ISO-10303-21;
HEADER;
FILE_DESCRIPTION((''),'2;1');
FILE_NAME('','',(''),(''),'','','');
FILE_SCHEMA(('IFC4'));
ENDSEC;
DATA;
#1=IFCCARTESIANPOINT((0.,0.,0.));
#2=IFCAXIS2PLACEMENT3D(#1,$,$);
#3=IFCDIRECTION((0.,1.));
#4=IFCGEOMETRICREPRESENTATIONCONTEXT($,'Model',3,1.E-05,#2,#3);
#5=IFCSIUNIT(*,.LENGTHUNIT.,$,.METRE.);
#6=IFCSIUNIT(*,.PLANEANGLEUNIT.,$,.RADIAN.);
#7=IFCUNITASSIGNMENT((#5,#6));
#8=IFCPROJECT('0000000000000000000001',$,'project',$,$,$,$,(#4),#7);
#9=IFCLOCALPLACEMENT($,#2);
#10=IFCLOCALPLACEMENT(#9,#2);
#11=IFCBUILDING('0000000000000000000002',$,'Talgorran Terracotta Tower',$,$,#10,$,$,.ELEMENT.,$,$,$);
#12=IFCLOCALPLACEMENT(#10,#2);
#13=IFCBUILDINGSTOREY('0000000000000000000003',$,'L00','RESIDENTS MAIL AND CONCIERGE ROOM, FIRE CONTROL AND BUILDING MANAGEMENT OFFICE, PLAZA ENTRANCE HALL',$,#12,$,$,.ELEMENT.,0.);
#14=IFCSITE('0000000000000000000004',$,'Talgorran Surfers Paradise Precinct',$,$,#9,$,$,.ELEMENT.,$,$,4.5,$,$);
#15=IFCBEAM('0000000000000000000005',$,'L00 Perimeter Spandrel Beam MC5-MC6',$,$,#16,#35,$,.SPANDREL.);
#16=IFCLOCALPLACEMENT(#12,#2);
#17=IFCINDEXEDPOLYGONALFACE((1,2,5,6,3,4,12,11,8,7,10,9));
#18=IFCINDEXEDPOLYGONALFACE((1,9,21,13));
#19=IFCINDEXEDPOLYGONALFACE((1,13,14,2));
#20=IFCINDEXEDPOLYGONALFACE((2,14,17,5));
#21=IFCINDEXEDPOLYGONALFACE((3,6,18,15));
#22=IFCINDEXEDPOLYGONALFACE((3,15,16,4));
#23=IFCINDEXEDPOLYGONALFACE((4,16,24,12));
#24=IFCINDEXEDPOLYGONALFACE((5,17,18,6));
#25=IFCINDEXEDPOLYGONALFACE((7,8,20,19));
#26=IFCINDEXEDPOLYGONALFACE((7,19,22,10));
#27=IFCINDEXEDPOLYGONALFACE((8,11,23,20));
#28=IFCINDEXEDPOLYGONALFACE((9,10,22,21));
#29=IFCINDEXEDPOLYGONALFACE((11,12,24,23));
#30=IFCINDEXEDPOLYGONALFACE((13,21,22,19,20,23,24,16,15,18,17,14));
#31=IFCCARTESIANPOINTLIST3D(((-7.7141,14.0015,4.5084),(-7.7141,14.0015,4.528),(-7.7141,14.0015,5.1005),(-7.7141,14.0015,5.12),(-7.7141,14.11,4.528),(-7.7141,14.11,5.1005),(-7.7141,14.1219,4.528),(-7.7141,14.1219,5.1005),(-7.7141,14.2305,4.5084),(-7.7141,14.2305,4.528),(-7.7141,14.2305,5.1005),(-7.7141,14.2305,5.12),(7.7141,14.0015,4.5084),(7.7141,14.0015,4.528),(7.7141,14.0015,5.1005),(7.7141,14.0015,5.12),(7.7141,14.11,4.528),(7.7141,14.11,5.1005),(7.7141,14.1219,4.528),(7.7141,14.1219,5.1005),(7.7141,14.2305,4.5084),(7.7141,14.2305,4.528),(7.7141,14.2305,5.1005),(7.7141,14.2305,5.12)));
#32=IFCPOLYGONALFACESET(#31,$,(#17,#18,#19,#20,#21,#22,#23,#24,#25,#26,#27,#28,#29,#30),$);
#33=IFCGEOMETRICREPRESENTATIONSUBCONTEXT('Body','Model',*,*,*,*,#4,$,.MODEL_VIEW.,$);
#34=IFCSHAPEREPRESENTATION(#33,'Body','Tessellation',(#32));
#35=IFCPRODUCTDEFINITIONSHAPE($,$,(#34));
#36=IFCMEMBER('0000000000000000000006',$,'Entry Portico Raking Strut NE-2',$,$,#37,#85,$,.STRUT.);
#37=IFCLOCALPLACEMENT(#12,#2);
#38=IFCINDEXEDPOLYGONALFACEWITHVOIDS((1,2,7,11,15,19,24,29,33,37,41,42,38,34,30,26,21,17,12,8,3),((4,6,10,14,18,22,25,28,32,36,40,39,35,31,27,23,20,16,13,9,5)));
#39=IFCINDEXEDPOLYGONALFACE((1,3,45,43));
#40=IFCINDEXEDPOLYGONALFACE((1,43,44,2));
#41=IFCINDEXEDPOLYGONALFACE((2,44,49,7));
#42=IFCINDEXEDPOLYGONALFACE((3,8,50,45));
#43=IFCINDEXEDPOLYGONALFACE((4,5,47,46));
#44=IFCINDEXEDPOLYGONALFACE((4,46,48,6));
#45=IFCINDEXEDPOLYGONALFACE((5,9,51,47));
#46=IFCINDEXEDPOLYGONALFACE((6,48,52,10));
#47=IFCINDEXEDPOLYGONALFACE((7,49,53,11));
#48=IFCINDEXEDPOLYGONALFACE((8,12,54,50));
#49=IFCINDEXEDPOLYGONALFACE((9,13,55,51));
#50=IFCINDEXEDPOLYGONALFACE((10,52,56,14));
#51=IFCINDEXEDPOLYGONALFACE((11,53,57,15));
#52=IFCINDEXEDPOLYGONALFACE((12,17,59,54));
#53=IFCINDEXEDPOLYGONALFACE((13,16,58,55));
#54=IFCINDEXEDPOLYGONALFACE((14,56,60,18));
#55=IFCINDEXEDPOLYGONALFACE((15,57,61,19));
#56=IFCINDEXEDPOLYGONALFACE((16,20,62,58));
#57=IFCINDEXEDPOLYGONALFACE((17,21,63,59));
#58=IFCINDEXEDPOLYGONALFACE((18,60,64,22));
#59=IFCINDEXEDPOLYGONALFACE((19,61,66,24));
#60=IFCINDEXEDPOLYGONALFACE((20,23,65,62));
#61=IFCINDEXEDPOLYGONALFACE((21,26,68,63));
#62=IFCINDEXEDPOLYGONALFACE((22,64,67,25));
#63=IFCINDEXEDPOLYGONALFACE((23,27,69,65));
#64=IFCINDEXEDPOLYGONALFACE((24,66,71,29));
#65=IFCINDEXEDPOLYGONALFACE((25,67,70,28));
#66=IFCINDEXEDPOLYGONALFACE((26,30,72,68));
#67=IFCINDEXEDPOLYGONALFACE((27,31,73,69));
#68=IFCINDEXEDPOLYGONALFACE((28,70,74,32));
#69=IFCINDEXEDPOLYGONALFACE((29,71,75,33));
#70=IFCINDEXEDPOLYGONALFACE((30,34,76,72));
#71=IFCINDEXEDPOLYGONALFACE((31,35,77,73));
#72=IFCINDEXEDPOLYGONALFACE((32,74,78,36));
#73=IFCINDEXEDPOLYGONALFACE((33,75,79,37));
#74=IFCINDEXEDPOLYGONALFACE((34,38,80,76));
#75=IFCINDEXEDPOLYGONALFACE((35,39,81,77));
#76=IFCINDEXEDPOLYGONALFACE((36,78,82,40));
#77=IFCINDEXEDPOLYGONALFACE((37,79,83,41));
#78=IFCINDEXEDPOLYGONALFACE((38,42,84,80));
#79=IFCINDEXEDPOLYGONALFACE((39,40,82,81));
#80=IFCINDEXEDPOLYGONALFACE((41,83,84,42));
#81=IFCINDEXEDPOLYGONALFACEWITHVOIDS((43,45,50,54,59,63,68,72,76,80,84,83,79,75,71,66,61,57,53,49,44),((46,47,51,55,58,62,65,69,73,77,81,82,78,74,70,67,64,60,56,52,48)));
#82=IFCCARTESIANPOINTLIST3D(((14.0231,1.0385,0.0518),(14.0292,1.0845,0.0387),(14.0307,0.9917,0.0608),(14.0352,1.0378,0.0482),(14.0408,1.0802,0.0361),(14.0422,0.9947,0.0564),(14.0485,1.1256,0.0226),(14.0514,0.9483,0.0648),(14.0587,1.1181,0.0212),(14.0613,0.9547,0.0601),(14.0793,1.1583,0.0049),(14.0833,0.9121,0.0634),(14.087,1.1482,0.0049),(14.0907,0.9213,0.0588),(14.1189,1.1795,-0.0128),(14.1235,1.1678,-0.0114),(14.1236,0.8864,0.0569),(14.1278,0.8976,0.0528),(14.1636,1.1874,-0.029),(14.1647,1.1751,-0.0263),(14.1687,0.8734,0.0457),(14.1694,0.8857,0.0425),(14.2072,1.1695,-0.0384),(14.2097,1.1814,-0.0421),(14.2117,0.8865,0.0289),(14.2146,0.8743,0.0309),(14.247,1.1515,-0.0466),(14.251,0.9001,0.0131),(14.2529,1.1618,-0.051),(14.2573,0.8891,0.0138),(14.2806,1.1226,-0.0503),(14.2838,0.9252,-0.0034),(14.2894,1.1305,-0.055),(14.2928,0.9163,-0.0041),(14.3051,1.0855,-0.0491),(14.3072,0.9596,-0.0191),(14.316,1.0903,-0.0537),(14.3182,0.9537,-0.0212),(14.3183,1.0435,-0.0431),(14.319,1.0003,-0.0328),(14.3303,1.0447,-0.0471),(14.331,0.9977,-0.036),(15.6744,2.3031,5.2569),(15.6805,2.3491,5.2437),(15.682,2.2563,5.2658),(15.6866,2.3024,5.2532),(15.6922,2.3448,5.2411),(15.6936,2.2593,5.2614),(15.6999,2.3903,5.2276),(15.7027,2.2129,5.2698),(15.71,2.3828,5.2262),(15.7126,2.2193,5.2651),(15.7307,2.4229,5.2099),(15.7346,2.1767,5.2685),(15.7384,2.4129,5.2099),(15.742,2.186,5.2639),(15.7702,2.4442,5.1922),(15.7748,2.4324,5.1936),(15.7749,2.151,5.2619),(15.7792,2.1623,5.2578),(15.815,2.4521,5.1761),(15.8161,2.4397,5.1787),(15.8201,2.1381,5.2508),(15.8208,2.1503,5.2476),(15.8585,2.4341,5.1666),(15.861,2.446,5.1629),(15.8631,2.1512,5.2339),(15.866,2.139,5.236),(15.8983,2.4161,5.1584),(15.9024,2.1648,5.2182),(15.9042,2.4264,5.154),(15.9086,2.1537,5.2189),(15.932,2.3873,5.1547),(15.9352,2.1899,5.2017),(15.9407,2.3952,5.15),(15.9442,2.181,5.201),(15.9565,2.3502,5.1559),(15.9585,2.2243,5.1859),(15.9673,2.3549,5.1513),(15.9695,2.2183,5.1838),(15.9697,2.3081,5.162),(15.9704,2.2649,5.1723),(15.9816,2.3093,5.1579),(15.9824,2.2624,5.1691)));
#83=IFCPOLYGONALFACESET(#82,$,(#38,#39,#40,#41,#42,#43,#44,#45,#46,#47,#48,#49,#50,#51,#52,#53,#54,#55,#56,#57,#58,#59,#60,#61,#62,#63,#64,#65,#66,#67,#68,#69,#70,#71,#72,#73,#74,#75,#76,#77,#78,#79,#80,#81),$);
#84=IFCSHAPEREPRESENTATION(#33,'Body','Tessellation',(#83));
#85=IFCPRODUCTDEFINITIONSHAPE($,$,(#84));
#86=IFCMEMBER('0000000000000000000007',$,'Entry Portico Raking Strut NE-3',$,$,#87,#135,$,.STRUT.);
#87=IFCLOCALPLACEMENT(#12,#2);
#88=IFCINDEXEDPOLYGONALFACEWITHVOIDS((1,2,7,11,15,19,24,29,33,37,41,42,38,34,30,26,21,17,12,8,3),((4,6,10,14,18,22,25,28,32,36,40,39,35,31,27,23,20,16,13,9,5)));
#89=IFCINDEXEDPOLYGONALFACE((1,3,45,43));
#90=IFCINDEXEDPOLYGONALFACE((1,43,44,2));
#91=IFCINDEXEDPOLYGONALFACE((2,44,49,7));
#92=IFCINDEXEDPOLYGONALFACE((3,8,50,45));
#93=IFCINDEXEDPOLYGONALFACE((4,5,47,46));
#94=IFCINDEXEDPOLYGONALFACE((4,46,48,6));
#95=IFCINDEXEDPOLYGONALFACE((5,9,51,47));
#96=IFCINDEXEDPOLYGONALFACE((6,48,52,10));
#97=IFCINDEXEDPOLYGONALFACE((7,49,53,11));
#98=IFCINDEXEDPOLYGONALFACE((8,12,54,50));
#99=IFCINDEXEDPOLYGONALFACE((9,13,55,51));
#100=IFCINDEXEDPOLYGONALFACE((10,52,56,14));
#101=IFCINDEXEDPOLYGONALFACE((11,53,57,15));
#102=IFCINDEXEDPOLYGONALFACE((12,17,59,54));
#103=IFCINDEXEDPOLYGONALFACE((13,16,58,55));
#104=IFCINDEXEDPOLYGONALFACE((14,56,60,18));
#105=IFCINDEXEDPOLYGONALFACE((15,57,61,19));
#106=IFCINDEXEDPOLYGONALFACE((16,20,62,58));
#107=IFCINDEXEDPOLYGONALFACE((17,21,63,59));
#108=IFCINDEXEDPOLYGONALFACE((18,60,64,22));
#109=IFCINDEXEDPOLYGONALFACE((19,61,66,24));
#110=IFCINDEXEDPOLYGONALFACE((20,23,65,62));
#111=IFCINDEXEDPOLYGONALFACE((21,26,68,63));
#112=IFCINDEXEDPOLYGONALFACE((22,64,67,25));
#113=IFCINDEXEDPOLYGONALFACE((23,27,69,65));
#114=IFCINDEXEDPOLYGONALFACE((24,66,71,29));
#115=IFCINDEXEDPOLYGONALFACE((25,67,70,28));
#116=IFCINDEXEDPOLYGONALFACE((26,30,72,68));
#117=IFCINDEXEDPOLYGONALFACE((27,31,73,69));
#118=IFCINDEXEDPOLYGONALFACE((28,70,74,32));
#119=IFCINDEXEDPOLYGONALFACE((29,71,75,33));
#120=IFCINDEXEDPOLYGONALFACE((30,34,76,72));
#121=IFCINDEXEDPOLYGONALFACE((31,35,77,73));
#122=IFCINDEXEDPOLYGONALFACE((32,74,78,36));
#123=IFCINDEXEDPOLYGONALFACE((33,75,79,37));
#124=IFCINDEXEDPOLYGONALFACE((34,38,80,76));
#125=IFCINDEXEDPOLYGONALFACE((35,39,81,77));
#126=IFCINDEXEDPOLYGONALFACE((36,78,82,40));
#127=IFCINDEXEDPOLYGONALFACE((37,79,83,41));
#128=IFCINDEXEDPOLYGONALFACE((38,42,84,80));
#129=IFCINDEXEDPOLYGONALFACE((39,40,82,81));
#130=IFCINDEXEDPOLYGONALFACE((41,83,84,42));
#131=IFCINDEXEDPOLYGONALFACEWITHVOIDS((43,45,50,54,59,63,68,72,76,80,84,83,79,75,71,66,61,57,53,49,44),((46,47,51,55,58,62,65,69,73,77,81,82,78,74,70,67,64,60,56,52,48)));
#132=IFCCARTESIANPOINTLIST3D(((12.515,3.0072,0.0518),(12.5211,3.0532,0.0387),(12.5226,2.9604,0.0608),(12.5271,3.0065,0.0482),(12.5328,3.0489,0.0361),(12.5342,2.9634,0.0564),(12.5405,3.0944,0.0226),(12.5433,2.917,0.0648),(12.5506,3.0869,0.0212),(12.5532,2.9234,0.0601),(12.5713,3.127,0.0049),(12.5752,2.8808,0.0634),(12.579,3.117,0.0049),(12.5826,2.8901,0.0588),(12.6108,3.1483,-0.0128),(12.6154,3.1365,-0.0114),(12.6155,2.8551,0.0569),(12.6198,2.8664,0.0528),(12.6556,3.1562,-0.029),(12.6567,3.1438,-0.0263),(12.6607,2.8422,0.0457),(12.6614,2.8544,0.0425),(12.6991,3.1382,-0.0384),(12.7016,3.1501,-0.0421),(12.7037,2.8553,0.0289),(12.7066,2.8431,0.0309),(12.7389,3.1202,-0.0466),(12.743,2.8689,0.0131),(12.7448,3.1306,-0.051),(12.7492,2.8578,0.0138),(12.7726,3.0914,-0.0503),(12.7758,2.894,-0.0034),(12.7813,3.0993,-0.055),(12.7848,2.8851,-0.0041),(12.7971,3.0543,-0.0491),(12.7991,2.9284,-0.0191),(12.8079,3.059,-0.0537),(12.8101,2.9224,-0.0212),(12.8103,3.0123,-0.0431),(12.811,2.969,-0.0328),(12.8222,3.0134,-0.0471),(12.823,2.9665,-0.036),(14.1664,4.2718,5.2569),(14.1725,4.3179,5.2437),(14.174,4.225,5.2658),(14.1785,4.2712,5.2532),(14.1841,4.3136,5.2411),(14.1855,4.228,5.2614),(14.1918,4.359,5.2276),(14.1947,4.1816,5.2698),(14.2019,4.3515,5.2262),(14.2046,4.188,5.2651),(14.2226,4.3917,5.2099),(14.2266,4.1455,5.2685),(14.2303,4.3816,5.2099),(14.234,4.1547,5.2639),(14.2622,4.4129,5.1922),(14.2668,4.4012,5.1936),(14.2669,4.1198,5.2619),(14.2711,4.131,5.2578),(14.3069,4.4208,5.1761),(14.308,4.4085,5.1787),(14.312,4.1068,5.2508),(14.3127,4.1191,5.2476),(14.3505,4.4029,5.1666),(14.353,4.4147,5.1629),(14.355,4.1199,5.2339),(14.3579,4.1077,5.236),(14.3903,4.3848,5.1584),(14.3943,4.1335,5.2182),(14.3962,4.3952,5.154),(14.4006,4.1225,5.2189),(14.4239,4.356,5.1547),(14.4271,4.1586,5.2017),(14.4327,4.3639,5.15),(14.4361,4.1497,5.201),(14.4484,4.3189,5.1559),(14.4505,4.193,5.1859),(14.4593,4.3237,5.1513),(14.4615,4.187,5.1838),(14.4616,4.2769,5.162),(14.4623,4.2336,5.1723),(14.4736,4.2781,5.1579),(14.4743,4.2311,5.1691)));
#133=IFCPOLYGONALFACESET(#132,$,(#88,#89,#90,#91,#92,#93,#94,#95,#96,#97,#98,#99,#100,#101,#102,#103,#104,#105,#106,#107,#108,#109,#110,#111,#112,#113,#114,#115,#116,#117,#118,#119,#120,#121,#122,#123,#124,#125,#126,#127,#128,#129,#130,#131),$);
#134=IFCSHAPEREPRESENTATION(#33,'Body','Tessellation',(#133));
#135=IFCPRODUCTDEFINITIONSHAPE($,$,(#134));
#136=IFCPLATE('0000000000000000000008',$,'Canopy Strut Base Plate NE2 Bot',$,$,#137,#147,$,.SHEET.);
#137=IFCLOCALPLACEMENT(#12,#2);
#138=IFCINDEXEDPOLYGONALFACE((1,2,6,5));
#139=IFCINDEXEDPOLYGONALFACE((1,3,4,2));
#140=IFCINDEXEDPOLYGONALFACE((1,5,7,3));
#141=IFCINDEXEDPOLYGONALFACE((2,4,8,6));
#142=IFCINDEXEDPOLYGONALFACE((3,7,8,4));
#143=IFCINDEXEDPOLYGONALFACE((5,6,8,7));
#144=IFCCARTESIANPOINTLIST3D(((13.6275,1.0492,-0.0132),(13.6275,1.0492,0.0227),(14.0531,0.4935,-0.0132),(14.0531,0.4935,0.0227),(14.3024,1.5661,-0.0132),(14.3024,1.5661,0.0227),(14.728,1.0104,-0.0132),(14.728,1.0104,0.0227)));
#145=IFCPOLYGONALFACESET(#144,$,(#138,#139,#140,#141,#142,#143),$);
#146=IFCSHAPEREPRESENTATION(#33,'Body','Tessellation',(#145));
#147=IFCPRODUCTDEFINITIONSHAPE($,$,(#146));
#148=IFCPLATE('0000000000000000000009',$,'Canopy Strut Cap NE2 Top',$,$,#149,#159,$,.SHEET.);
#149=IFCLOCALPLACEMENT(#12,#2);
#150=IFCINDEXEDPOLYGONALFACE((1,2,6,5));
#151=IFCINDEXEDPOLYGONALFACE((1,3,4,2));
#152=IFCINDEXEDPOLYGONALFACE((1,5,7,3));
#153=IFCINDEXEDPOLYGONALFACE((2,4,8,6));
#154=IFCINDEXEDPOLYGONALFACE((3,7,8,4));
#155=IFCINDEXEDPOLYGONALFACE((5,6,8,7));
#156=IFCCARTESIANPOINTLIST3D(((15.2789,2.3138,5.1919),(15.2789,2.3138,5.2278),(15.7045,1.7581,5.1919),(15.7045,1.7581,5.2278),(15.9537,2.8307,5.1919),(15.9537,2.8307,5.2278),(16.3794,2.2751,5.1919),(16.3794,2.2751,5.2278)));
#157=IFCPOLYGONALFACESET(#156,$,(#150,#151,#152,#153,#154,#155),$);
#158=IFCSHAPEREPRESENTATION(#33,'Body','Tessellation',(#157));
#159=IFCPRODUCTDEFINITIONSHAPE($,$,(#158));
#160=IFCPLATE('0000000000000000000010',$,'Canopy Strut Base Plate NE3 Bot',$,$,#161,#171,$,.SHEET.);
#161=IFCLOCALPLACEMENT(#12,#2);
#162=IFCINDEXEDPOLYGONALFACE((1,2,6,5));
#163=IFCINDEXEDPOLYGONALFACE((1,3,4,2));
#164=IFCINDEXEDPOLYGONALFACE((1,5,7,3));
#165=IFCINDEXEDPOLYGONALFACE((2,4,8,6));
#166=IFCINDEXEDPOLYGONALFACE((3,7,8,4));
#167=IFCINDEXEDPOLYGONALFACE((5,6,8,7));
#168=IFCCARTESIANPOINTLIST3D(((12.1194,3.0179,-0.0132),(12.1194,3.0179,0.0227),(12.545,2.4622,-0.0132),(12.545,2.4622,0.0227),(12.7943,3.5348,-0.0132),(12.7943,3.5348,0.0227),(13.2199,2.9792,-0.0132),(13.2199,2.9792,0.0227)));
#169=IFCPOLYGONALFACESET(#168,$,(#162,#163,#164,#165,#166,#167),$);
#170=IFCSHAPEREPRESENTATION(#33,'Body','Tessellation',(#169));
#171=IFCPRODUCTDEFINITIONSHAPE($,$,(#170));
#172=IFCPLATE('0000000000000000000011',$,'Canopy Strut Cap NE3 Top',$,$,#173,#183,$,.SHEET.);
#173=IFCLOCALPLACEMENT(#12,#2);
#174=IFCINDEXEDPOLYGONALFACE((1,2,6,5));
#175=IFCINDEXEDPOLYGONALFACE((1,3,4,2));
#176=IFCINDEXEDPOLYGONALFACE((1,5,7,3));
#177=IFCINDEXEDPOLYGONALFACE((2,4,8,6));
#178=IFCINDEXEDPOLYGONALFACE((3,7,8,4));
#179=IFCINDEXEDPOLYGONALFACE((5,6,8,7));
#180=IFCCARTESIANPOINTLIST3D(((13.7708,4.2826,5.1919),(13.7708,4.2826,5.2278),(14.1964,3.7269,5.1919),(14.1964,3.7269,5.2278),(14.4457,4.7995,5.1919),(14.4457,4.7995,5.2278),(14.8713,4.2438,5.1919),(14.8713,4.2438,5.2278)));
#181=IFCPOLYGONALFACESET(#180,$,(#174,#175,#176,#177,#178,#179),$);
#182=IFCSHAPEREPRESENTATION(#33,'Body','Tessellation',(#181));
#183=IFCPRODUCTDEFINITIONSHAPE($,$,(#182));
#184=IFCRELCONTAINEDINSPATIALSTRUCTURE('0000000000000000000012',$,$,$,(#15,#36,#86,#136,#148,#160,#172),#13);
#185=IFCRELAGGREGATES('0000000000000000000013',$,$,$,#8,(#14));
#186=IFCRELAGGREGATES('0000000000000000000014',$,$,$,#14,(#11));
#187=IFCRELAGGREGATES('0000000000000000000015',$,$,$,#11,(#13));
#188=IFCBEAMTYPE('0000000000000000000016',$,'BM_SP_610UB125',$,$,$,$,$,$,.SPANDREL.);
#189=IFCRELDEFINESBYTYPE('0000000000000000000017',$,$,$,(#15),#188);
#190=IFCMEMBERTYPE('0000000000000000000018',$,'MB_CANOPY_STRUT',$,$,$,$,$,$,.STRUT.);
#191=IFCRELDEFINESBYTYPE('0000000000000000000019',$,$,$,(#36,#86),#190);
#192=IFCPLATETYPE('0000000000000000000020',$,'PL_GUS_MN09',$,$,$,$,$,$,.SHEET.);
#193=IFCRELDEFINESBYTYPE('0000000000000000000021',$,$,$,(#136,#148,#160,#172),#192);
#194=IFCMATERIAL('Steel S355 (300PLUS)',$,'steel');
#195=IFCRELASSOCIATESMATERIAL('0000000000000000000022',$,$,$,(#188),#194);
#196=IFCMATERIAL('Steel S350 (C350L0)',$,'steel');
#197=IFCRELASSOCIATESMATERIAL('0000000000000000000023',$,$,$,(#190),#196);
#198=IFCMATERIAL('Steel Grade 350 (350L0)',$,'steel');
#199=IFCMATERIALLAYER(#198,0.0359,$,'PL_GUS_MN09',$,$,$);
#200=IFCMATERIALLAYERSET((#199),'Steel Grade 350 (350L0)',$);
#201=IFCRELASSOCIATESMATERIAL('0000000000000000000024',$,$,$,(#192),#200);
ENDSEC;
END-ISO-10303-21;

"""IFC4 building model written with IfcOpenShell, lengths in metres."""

from ifc_helpers import new_model, si_unit, direction, frame, origin, origin_2d, place, context, subcontext, project, spatial, rectangle, hollow_circle, i_section, extrude, material, layer, layer_set, material_profile, profile_set, type_object, element, save


model = new_model("IFC4")

# Units and contexts
model_context = context("Model", 3, precision=1e-05, world=origin(), true_north=direction((0.0, 1.0)))
body_context = subcontext(model_context, "Body", "Model", "MODEL_VIEW")
ifc_project = project(units=[si_unit("LENGTHUNIT", "METRE"), si_unit("PLANEANGLEUNIT", "RADIAN")], contexts=[model_context])

# Site, building, storey
site_placement = place(None, origin())
site = spatial("IfcSite", under=ifc_project, at=site_placement, Name="Talgorran Surfers Paradise Precinct", CompositionType="ELEMENT", RefElevation=4.5)
building_placement = place(site_placement, origin())
building = spatial("IfcBuilding", under=site, at=building_placement, Name="Talgorran Terracotta Tower", CompositionType="ELEMENT")
storey_placement = place(building_placement, origin())
storey = spatial("IfcBuildingStorey", under=building, at=storey_placement, Name="L00", Description="RESIDENTS MAIL AND CONCIERGE ROOM, FIRE CONTROL AND BUILDING MANAGEMENT OFFICE, PLAZA ENTRANCE HALL", CompositionType="ELEMENT", Elevation=0.0)

# Shared definitions
ifc_material_1 = material(Name="Steel S355 (300PLUS)", Category="steel")
ifc_material_2 = material(Name="Steel Grade 350 (350L0)", Category="steel")

# Beam
ifc_material_profile_1 = material_profile(ifc_material_1, i_section(OverallWidth=0.229, OverallDepth=0.6116, WebThickness=0.012, FlangeThickness=0.0195, at=origin_2d()), Name="610UB125")
ifc_profile_set_1 = profile_set([ifc_material_profile_1], Name="Steel S355 (300PLUS)")
beam_type_1 = type_object("IfcBeamType", Name="BM_SP_610UB125", PredefinedType="SPANDREL", material=ifc_profile_set_1)
beam_1_placement = place(storey_placement, frame((7.7141, 14.116, 4.8142), z_axis=(-1.0, 0.0, 0.0), x_axis=(0.0, -1.0, 0.0)))
element("IfcBeam", 1, at=beam_1_placement, inside=storey, type_object=beam_type_1, Name="L00 Perimeter Spandrel Beam MC5-MC6", PredefinedType="SPANDREL", context=body_context, shape_type="SweptSolid", body=[
    extrude(i_section(OverallWidth=0.229, OverallDepth=0.6116, WebThickness=0.012, FlangeThickness=0.0195, at=origin_2d()), origin(), (0.0, 0.0, 1.0), 15.4282),
])

# Members
ifc_material_3 = material(Name="Steel S350 (C350L0)", Category="steel")
ifc_material_profile_2 = material_profile(ifc_material_3, hollow_circle(Radius=0.1619, WallThickness=0.0127, at=origin_2d()), Name="CHS323.9X12.7")
ifc_profile_set_2 = profile_set([ifc_material_profile_2], Name="Steel S350 (C350L0)")
member_type = type_object("IfcMemberType", Name="MB_CANOPY_STRUT", PredefinedType="STRUT", material=ifc_profile_set_2)
for number, where, z_axis, x_axis, name in (
    (2, (14.1777, 1.0298, 0.0049), (0.294609, 0.225617, 0.928602), (-0.608008, 0.793931, 0.0), "Entry Portico Raking Strut NE-2"),
    (3, (12.6697, 2.9985, 0.0049), (0.294609, 0.225617, 0.928602), (-0.608008, 0.793931, 0.0), "Entry Portico Raking Strut NE-3"),
):
    element("IfcMember", number, at=place(storey_placement, frame(where, z_axis=z_axis, x_axis=x_axis)), inside=storey, type_object=member_type, Name=name, PredefinedType="STRUT", context=body_context, shape_type="SweptSolid", body=[
        extrude(hollow_circle(Radius=0.1619, WallThickness=0.0127, at=origin_2d()), origin(), (0.0, 0.0, 1.0), 5.6052),
    ])

# Plates
ifc_layer_1 = layer(ifc_material_2, 0.0359, Name="PL_GUS_MN09")
ifc_layer_set_1 = layer_set([ifc_layer_1], Name="Steel Grade 350 (350L0)")
plate_type = type_object("IfcPlateType", Name="PL_GUS_MN09", PredefinedType="SHEET", material=ifc_layer_set_1)
for number, where, z_axis, x_axis, name in (
    (4, (14.1777, 1.0298, -0.0132), (0.0, 0.0, 1.0), (0.793884, 0.608069, 0.0), "Canopy Strut Base Plate NE2 Bot"),
    (5, (15.8291, 2.2944, 5.1919), (0.0, 0.0, 1.0), (0.793884, 0.608069, 0.0), "Canopy Strut Cap NE2 Top"),
    (6, (12.6697, 2.9985, -0.0132), (0.0, 0.0, 1.0), (0.793884, 0.608069, 0.0), "Canopy Strut Base Plate NE3 Bot"),
    (7, (14.321, 4.2632, 5.1919), (0.0, 0.0, 1.0), (0.793884, 0.608069, 0.0), "Canopy Strut Cap NE3 Top"),
):
    element("IfcPlate", number, at=place(storey_placement, frame(where, z_axis=z_axis, x_axis=x_axis)), inside=storey, type_object=plate_type, Name=name, PredefinedType="SHEET", context=body_context, shape_type="SweptSolid", body=[
        extrude(rectangle(XDim=0.8501, YDim=0.7, at=origin_2d()), origin(), (0.0, 0.0, 1.0), 0.0359),
    ])

save(model, "model.ifc")
